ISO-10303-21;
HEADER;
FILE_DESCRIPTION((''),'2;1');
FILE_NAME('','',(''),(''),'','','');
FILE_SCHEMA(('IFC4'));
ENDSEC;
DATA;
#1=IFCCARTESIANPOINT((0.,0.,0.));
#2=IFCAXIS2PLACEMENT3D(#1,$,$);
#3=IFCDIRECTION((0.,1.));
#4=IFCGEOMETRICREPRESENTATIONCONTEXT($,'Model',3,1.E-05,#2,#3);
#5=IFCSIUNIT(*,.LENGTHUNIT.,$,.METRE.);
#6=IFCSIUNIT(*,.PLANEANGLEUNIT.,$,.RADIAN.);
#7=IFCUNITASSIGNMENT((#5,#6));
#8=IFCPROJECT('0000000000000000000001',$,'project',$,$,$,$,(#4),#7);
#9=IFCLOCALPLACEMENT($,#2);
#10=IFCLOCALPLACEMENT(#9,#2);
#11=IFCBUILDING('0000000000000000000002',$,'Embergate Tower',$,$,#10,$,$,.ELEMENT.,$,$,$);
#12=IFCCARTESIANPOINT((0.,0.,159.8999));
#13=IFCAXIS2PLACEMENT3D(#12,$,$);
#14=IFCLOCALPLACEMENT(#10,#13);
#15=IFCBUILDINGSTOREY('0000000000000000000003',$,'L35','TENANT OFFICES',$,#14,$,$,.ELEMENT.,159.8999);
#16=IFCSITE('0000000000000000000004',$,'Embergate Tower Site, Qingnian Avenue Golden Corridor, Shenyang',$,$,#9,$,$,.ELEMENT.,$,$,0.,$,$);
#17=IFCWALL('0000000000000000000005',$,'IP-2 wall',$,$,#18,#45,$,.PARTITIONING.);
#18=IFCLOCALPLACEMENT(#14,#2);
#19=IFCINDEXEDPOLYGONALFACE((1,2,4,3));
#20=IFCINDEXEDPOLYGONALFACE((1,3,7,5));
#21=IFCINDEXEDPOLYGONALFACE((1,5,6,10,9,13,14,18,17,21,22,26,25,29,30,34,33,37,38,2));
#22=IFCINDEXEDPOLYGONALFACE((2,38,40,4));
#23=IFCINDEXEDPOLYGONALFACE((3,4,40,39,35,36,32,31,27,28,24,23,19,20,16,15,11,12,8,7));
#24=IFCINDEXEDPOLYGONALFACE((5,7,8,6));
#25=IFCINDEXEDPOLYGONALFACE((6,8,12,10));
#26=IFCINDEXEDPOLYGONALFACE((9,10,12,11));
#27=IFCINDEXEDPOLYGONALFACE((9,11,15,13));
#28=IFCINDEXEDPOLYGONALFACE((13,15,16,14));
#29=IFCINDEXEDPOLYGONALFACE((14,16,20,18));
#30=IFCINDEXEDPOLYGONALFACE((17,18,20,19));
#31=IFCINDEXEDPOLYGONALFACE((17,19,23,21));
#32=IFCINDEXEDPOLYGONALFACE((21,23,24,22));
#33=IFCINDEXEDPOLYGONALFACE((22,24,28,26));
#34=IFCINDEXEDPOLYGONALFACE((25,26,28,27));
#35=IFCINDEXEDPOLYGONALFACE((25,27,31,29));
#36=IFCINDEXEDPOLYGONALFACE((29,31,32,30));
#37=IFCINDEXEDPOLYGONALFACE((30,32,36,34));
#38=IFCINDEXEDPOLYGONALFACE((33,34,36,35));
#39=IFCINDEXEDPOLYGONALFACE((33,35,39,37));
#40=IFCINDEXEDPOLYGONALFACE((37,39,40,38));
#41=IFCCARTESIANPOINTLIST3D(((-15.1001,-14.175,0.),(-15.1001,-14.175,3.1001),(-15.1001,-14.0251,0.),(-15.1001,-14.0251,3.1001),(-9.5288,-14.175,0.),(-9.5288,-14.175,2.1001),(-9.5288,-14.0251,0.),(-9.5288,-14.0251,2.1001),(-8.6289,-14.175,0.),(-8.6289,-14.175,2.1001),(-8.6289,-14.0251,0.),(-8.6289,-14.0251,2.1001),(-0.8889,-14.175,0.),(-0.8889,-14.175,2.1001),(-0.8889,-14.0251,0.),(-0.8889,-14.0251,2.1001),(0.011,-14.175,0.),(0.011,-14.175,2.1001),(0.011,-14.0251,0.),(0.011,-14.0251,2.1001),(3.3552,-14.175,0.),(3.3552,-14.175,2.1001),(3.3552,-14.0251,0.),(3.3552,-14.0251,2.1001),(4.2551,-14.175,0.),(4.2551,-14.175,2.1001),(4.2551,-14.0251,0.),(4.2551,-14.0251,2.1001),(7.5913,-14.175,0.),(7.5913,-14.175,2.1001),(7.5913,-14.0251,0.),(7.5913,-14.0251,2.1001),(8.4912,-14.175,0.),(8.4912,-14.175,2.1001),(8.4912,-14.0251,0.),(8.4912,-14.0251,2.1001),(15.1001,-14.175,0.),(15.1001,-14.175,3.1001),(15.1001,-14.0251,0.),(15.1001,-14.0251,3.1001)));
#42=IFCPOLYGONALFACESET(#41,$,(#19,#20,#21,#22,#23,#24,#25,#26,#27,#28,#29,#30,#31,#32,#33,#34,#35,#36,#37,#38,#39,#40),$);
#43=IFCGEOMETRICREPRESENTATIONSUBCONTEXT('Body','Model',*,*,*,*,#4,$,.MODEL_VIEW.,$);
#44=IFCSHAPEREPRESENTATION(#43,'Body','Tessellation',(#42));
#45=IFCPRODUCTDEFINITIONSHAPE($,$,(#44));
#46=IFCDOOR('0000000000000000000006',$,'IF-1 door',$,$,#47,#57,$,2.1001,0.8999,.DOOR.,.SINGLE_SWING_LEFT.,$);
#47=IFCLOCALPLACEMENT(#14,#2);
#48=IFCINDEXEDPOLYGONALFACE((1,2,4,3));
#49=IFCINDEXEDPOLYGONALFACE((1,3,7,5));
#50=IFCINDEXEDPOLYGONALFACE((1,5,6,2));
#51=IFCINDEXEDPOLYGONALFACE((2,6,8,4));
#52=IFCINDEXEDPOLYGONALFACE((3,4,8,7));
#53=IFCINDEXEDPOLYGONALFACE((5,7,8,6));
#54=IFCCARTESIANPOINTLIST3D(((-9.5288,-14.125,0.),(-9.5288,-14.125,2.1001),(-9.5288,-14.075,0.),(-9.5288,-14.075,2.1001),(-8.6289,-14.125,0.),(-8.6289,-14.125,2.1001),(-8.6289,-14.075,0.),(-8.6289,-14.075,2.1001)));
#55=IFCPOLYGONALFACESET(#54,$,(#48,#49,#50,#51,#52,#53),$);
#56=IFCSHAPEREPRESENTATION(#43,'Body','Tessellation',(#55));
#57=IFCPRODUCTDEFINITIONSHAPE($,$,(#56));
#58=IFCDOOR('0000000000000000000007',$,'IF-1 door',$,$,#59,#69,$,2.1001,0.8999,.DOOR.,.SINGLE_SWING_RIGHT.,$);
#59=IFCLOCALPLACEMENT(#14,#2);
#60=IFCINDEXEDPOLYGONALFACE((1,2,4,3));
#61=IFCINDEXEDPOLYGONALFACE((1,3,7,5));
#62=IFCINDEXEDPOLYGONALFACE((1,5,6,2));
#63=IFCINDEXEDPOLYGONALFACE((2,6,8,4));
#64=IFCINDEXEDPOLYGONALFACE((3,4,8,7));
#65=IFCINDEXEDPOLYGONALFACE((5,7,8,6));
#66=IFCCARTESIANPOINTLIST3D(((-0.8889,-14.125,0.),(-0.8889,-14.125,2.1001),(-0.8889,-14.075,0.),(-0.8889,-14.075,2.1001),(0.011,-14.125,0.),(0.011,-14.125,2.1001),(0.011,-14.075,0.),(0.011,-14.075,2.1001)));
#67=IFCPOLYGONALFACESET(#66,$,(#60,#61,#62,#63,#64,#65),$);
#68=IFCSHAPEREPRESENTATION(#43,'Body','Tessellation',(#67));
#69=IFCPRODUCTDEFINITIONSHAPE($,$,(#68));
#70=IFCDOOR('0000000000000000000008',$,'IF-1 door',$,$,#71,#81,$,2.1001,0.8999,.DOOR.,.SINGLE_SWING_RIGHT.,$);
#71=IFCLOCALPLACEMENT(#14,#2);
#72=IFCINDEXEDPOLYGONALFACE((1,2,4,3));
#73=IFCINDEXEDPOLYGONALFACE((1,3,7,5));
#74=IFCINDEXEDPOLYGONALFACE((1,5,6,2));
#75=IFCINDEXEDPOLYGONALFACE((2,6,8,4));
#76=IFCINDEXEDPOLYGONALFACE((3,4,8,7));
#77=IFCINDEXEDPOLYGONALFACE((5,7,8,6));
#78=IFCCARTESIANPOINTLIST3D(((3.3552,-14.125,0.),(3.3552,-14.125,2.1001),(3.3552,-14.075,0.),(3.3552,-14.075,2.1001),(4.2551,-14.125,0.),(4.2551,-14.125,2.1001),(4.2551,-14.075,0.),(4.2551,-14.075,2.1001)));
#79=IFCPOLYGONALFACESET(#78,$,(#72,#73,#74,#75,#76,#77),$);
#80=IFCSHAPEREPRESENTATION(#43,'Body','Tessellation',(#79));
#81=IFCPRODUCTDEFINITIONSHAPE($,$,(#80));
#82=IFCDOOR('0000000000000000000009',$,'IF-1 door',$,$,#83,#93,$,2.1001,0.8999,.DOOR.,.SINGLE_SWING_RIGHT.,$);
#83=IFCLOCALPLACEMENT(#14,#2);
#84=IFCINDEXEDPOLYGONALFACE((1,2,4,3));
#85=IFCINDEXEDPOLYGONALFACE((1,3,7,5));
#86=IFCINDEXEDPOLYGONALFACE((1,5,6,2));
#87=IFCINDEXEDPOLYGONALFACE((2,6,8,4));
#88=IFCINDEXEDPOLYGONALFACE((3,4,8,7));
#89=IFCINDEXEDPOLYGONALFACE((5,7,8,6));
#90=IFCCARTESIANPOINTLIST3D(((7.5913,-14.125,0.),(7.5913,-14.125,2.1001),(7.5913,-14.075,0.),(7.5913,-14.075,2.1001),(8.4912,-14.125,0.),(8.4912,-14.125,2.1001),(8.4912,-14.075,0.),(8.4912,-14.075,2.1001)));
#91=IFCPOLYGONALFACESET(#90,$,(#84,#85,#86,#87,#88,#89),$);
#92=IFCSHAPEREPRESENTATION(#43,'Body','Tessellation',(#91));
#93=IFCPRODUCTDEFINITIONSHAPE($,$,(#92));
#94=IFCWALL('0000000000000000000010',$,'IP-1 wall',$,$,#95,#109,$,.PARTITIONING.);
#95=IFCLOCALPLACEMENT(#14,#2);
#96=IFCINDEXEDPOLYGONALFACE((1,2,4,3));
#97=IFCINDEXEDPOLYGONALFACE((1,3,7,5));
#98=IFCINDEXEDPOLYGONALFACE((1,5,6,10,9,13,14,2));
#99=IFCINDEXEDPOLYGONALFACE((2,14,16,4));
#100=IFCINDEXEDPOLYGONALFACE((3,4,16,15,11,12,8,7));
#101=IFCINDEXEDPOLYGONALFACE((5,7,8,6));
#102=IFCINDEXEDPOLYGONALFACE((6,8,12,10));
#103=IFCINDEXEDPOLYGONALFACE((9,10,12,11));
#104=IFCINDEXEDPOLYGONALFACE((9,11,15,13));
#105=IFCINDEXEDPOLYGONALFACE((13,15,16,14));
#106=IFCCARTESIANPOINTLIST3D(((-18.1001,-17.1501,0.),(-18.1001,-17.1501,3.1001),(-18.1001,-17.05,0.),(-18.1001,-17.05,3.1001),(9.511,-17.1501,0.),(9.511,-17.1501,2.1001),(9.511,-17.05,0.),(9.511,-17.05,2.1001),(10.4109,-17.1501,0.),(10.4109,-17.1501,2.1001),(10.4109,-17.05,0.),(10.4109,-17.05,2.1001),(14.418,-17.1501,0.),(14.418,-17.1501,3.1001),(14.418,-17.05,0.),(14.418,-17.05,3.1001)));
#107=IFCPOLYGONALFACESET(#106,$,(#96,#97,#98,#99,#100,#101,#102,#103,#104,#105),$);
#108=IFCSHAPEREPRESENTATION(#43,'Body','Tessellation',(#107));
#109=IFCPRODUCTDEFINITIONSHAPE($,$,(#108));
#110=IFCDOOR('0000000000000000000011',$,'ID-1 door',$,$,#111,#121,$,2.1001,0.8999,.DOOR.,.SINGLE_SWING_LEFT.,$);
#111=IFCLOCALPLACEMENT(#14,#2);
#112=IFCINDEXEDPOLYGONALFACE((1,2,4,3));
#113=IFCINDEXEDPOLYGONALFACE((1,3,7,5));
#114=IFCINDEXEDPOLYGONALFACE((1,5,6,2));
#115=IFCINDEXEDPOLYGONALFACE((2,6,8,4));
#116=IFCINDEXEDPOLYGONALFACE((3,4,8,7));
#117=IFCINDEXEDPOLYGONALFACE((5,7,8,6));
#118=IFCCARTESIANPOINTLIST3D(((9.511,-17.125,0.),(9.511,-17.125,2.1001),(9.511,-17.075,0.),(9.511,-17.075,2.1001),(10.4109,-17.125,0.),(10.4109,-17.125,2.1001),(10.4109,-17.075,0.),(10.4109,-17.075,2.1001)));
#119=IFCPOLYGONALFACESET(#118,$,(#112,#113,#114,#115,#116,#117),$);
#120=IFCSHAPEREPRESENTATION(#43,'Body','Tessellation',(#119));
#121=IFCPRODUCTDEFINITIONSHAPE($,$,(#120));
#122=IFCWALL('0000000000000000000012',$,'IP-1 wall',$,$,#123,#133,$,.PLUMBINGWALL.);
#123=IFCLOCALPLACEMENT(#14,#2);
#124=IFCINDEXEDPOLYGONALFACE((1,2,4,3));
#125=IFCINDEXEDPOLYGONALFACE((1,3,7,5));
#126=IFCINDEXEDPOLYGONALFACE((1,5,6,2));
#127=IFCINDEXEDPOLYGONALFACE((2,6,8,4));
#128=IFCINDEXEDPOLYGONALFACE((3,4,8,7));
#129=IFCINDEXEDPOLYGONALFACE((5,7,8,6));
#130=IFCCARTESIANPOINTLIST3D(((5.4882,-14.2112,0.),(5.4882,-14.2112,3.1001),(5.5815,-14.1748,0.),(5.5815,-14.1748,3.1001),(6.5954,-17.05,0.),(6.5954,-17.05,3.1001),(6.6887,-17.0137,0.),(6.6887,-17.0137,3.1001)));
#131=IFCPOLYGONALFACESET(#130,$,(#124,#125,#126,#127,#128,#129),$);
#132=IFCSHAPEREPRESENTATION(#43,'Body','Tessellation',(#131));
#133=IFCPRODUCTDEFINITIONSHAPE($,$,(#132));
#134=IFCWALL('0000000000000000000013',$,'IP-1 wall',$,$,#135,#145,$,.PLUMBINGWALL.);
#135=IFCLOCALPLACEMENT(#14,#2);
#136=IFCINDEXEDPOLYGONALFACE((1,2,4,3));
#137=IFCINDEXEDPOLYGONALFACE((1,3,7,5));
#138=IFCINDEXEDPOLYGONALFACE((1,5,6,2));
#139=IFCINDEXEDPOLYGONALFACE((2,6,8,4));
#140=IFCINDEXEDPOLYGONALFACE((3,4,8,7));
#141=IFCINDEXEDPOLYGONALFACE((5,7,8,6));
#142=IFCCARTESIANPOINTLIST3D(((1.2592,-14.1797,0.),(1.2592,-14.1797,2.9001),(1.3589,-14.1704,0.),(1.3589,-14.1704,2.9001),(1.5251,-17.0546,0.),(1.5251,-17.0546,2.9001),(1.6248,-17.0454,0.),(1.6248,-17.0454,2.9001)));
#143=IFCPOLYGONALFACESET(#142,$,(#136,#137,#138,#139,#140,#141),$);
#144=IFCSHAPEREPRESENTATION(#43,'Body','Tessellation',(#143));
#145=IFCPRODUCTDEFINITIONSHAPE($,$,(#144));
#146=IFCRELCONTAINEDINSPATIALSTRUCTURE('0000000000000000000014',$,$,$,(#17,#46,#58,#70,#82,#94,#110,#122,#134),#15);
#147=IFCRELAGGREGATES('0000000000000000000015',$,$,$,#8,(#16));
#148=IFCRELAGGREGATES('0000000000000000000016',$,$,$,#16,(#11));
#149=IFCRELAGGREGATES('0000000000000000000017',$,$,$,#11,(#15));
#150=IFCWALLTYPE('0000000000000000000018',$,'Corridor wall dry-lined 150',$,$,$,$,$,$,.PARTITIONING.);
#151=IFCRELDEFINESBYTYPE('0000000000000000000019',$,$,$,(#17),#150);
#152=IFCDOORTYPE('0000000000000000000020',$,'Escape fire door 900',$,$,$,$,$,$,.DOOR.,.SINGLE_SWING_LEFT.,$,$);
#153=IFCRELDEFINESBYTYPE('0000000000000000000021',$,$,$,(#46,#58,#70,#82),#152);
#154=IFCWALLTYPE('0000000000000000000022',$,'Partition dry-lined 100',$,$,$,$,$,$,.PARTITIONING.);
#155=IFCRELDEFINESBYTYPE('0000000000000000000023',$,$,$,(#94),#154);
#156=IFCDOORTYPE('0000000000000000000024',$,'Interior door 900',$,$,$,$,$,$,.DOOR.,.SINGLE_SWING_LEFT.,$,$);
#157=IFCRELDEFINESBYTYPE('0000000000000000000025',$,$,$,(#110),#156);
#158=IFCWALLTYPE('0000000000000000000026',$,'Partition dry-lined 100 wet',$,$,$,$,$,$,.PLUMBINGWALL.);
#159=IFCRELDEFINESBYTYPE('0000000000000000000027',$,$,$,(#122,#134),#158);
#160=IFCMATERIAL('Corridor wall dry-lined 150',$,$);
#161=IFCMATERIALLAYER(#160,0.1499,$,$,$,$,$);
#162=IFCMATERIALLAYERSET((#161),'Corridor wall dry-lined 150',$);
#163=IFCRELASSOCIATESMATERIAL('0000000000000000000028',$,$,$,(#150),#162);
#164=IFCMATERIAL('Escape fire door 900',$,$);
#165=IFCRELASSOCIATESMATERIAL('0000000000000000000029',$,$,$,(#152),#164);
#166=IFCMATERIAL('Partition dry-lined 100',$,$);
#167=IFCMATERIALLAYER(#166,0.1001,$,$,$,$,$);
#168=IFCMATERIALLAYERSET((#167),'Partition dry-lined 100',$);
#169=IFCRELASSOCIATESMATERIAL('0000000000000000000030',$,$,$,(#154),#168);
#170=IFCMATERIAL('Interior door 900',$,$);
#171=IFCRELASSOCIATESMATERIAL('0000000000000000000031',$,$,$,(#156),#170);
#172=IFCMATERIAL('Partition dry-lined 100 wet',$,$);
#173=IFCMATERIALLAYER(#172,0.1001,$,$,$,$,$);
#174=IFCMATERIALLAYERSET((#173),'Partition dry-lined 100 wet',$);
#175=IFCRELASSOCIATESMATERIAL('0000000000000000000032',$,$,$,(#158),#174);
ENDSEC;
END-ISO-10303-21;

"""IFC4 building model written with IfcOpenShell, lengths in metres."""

from ifc_helpers import new_model, si_unit, direction, frame, frame_2d, origin, place, context, subcontext, project, spatial, rectangle, extrude, source, transform, mapped, material, layer, layer_set, type_object, element, fill, save


model = new_model("IFC4")

# Units and contexts
model_context = context("Model", 3, precision=1e-05, world=origin(), true_north=direction((0.0, 1.0)))
body_context = subcontext(model_context, "Body", "Model", "MODEL_VIEW")
ifc_project = project(units=[si_unit("LENGTHUNIT", "METRE"), si_unit("PLANEANGLEUNIT", "RADIAN")], contexts=[model_context])

# Site, building, storey
site_placement = place(None, origin())
site = spatial("IfcSite", under=ifc_project, at=site_placement, Name="Embergate Tower Site, Qingnian Avenue Golden Corridor, Shenyang", CompositionType="ELEMENT", RefElevation=0.0)
building_placement = place(site_placement, origin())
building = spatial("IfcBuilding", under=site, at=building_placement, Name="Embergate Tower", CompositionType="ELEMENT")
storey_placement = place(building_placement, frame((0.0, 0.0, 159.8999)))
storey = spatial("IfcBuildingStorey", under=building, at=storey_placement, Name="L35", Description="TENANT OFFICES", CompositionType="ELEMENT", Elevation=159.8999)

# Wall, openings, doors
ifc_material_1 = material(Name="Corridor wall dry-lined 150")
ifc_layer_1 = layer(ifc_material_1, 0.1499)
ifc_layer_set_1 = layer_set([ifc_layer_1], Name="Corridor wall dry-lined 150")
wall_type_1 = type_object("IfcWallType", Name="Corridor wall dry-lined 150", PredefinedType="PARTITIONING", material=ifc_layer_set_1)
shared_shape_1 = source(origin(), body_context, "Body", "SweptSolid", [
    extrude(rectangle(XDim=30.2002, YDim=0.1499, at=frame_2d((15.1001, 0.0))), origin(), (0.0, 0.0, 1.0), 3.1001),
])
wall_1_placement = place(storey_placement, frame((15.1001, -14.1001, 0.0), z_axis=(0.0, 0.0, 1.0), x_axis=(-1.0, 0.0, 0.0)))
wall_1 = element("IfcWall", 1, at=wall_1_placement, inside=storey, type_object=wall_type_1, Name="IP-2 wall", PredefinedType="PARTITIONING", context=body_context, shape_type="MappedRepresentation", body=[
    mapped(shared_shape_1, transform((0.0, 0.0, 0.0))),
])
shared_shape_2 = source(origin(), body_context, "Body", "SweptSolid", [
    extrude(rectangle(XDim=0.8999, YDim=2.1001, at=frame_2d((0.45, 1.05))), frame((0.0, 0.085, 0.0), z_axis=(0.0, -1.0, 0.0), x_axis=(1.0, 0.0, 0.0)), (0.0, 0.0, 1.0), 0.1699),
])
opening_1_placement = place(wall_1_placement, frame((23.729, 0.0, 0.0)))
opening_1 = element("IfcOpeningElement", 2, at=opening_1_placement, cuts=wall_1, PredefinedType="OPENING", context=body_context, shape_type="MappedRepresentation", body=[
    mapped(shared_shape_2, transform((0.0, 0.0, 0.0))),
])
opening_2_placement = place(wall_1_placement, frame((15.0891, 0.0, 0.0)))
opening_2 = element("IfcOpeningElement", 3, at=opening_2_placement, cuts=wall_1, PredefinedType="OPENING", context=body_context, shape_type="MappedRepresentation", body=[
    mapped(shared_shape_2, transform((0.0, 0.0, 0.0))),
])
opening_3_placement = place(wall_1_placement, frame((10.845, 0.0, 0.0)))
opening_3 = element("IfcOpeningElement", 4, at=opening_3_placement, cuts=wall_1, PredefinedType="OPENING", context=body_context, shape_type="MappedRepresentation", body=[
    mapped(shared_shape_2, transform((0.0, 0.0, 0.0))),
])
opening_4_placement = place(wall_1_placement, frame((6.6089, 0.0, 0.0)))
opening_4 = element("IfcOpeningElement", 5, at=opening_4_placement, cuts=wall_1, PredefinedType="OPENING", context=body_context, shape_type="MappedRepresentation", body=[
    mapped(shared_shape_2, transform((0.0, 0.0, 0.0))),
])
ifc_material_2 = material(Name="Escape fire door 900")
door_type_1 = type_object("IfcDoorType", Name="Escape fire door 900", OperationType="SINGLE_SWING_LEFT", PredefinedType="DOOR", material=ifc_material_2)
shared_shape_3 = source(origin(), body_context, "Body", "SweptSolid", [
    extrude(rectangle(XDim=0.8999, YDim=2.1001, at=frame_2d((0.45, 1.05))), frame((0.0, 0.0249, 0.0), z_axis=(0.0, -1.0, 0.0), x_axis=(1.0, 0.0, 0.0)), (0.0, 0.0, 1.0), 0.05),
])
door_1_placement = place(opening_1_placement, origin())
door_1 = element("IfcDoor", 6, at=door_1_placement, inside=storey, type_object=door_type_1, Name="IF-1 door", OperationType="SINGLE_SWING_LEFT", OverallHeight=2.1001, OverallWidth=0.8999, PredefinedType="DOOR", context=body_context, shape_type="MappedRepresentation", body=[
    mapped(shared_shape_3, transform((0.0, 0.0, 0.0))),
])
fill(opening_1, door_1)
door_2_placement = place(opening_2_placement, origin())
door_2 = element("IfcDoor", 7, at=door_2_placement, inside=storey, type_object=door_type_1, Name="IF-1 door", OperationType="SINGLE_SWING_RIGHT", OverallHeight=2.1001, OverallWidth=0.8999, PredefinedType="DOOR", context=body_context, shape_type="MappedRepresentation", body=[
    mapped(shared_shape_3, transform((0.0, 0.0, 0.0))),
])
fill(opening_2, door_2)
door_3_placement = place(opening_3_placement, origin())
door_3 = element("IfcDoor", 8, at=door_3_placement, inside=storey, type_object=door_type_1, Name="IF-1 door", OperationType="SINGLE_SWING_RIGHT", OverallHeight=2.1001, OverallWidth=0.8999, PredefinedType="DOOR", context=body_context, shape_type="MappedRepresentation", body=[
    mapped(shared_shape_3, transform((0.0, 0.0, 0.0))),
])
fill(opening_3, door_3)
door_4_placement = place(opening_4_placement, origin())
door_4 = element("IfcDoor", 9, at=door_4_placement, inside=storey, type_object=door_type_1, Name="IF-1 door", OperationType="SINGLE_SWING_RIGHT", OverallHeight=2.1001, OverallWidth=0.8999, PredefinedType="DOOR", context=body_context, shape_type="MappedRepresentation", body=[
    mapped(shared_shape_3, transform((0.0, 0.0, 0.0))),
])
fill(opening_4, door_4)

# Wall, opening, door
ifc_material_3 = material(Name="Partition dry-lined 100")
ifc_layer_2 = layer(ifc_material_3, 0.1001)
ifc_layer_set_2 = layer_set([ifc_layer_2], Name="Partition dry-lined 100")
wall_type_2 = type_object("IfcWallType", Name="Partition dry-lined 100", PredefinedType="PARTITIONING", material=ifc_layer_set_2)
shared_shape_4 = source(origin(), body_context, "Body", "SweptSolid", [
    extrude(rectangle(XDim=32.5181, YDim=0.1001, at=frame_2d((16.259, 0.0))), origin(), (0.0, 0.0, 1.0), 3.1001),
])
wall_2_placement = place(storey_placement, frame((14.418, -17.1001, 0.0), z_axis=(0.0, 0.0, 1.0), x_axis=(-1.0, 0.0, 0.0)))
wall_2 = element("IfcWall", 10, at=wall_2_placement, inside=storey, type_object=wall_type_2, Name="IP-1 wall", PredefinedType="PARTITIONING", context=body_context, shape_type="MappedRepresentation", body=[
    mapped(shared_shape_4, transform((0.0, 0.0, 0.0))),
])
shared_shape_5 = source(origin(), body_context, "Body", "SweptSolid", [
    extrude(rectangle(XDim=0.8999, YDim=2.1001, at=frame_2d((0.45, 1.05))), frame((0.0, 0.0601, 0.0), z_axis=(0.0, -1.0, 0.0), x_axis=(1.0, 0.0, 0.0)), (0.0, 0.0, 1.0), 0.1201),
])
opening_5_placement = place(wall_2_placement, frame((4.0071, 0.0, 0.0)))
opening_5 = element("IfcOpeningElement", 11, at=opening_5_placement, cuts=wall_2, PredefinedType="OPENING", context=body_context, shape_type="MappedRepresentation", body=[
    mapped(shared_shape_5, transform((0.0, 0.0, 0.0))),
])
ifc_material_4 = material(Name="Interior door 900")
door_type_2 = type_object("IfcDoorType", Name="Interior door 900", OperationType="SINGLE_SWING_LEFT", PredefinedType="DOOR", material=ifc_material_4)
door_5_placement = place(opening_5_placement, origin())
door_5 = element("IfcDoor", 12, at=door_5_placement, inside=storey, type_object=door_type_2, Name="ID-1 door", OperationType="SINGLE_SWING_LEFT", OverallHeight=2.1001, OverallWidth=0.8999, PredefinedType="DOOR", context=body_context, shape_type="MappedRepresentation", body=[
    mapped(shared_shape_3, transform((0.0, 0.0, 0.0))),
])
fill(opening_5, door_5)

# Walls
ifc_material_5 = material(Name="Partition dry-lined 100 wet")
ifc_layer_3 = layer(ifc_material_5, 0.1001)
ifc_layer_set_3 = layer_set([ifc_layer_3], Name="Partition dry-lined 100 wet")
wall_type_3 = type_object("IfcWallType", Name="Partition dry-lined 100 wet", PredefinedType="PLUMBINGWALL", material=ifc_layer_set_3)
shared_shape_6 = source(origin(), body_context, "Body", "SweptSolid", [
    extrude(rectangle(XDim=3.0471, YDim=0.1001, at=frame_2d((1.5234, 0.0))), origin(), (0.0, 0.0, 1.0), 3.1001),
])
wall_3_placement = place(storey_placement, frame((5.5349, -14.1931, 0.0), z_axis=(0.0, 0.0, 1.0), x_axis=(0.363351, -0.931652, 0.0)))
element("IfcWall", 13, at=wall_3_placement, inside=storey, type_object=wall_type_3, Name="IP-1 wall", PredefinedType="PLUMBINGWALL", context=body_context, shape_type="MappedRepresentation", body=[
    mapped(shared_shape_6, transform((0.0, 0.0, 0.0))),
])
shared_shape_7 = source(origin(), body_context, "Body", "SweptSolid", [
    extrude(rectangle(XDim=2.8872, YDim=0.1001, at=frame_2d((1.4436, 0.0))), origin(), (0.0, 0.0, 1.0), 2.9001),
])
wall_4_placement = place(storey_placement, frame((1.3091, -14.175, 0.0), z_axis=(0.0, 0.0, 1.0), x_axis=(0.092083, -0.995751, 0.0)))
element("IfcWall", 14, at=wall_4_placement, inside=storey, type_object=wall_type_3, Name="IP-1 wall", PredefinedType="PLUMBINGWALL", context=body_context, shape_type="MappedRepresentation", body=[
    mapped(shared_shape_7, transform((0.0, 0.0, 0.0))),
])

save(model, "model.ifc")
